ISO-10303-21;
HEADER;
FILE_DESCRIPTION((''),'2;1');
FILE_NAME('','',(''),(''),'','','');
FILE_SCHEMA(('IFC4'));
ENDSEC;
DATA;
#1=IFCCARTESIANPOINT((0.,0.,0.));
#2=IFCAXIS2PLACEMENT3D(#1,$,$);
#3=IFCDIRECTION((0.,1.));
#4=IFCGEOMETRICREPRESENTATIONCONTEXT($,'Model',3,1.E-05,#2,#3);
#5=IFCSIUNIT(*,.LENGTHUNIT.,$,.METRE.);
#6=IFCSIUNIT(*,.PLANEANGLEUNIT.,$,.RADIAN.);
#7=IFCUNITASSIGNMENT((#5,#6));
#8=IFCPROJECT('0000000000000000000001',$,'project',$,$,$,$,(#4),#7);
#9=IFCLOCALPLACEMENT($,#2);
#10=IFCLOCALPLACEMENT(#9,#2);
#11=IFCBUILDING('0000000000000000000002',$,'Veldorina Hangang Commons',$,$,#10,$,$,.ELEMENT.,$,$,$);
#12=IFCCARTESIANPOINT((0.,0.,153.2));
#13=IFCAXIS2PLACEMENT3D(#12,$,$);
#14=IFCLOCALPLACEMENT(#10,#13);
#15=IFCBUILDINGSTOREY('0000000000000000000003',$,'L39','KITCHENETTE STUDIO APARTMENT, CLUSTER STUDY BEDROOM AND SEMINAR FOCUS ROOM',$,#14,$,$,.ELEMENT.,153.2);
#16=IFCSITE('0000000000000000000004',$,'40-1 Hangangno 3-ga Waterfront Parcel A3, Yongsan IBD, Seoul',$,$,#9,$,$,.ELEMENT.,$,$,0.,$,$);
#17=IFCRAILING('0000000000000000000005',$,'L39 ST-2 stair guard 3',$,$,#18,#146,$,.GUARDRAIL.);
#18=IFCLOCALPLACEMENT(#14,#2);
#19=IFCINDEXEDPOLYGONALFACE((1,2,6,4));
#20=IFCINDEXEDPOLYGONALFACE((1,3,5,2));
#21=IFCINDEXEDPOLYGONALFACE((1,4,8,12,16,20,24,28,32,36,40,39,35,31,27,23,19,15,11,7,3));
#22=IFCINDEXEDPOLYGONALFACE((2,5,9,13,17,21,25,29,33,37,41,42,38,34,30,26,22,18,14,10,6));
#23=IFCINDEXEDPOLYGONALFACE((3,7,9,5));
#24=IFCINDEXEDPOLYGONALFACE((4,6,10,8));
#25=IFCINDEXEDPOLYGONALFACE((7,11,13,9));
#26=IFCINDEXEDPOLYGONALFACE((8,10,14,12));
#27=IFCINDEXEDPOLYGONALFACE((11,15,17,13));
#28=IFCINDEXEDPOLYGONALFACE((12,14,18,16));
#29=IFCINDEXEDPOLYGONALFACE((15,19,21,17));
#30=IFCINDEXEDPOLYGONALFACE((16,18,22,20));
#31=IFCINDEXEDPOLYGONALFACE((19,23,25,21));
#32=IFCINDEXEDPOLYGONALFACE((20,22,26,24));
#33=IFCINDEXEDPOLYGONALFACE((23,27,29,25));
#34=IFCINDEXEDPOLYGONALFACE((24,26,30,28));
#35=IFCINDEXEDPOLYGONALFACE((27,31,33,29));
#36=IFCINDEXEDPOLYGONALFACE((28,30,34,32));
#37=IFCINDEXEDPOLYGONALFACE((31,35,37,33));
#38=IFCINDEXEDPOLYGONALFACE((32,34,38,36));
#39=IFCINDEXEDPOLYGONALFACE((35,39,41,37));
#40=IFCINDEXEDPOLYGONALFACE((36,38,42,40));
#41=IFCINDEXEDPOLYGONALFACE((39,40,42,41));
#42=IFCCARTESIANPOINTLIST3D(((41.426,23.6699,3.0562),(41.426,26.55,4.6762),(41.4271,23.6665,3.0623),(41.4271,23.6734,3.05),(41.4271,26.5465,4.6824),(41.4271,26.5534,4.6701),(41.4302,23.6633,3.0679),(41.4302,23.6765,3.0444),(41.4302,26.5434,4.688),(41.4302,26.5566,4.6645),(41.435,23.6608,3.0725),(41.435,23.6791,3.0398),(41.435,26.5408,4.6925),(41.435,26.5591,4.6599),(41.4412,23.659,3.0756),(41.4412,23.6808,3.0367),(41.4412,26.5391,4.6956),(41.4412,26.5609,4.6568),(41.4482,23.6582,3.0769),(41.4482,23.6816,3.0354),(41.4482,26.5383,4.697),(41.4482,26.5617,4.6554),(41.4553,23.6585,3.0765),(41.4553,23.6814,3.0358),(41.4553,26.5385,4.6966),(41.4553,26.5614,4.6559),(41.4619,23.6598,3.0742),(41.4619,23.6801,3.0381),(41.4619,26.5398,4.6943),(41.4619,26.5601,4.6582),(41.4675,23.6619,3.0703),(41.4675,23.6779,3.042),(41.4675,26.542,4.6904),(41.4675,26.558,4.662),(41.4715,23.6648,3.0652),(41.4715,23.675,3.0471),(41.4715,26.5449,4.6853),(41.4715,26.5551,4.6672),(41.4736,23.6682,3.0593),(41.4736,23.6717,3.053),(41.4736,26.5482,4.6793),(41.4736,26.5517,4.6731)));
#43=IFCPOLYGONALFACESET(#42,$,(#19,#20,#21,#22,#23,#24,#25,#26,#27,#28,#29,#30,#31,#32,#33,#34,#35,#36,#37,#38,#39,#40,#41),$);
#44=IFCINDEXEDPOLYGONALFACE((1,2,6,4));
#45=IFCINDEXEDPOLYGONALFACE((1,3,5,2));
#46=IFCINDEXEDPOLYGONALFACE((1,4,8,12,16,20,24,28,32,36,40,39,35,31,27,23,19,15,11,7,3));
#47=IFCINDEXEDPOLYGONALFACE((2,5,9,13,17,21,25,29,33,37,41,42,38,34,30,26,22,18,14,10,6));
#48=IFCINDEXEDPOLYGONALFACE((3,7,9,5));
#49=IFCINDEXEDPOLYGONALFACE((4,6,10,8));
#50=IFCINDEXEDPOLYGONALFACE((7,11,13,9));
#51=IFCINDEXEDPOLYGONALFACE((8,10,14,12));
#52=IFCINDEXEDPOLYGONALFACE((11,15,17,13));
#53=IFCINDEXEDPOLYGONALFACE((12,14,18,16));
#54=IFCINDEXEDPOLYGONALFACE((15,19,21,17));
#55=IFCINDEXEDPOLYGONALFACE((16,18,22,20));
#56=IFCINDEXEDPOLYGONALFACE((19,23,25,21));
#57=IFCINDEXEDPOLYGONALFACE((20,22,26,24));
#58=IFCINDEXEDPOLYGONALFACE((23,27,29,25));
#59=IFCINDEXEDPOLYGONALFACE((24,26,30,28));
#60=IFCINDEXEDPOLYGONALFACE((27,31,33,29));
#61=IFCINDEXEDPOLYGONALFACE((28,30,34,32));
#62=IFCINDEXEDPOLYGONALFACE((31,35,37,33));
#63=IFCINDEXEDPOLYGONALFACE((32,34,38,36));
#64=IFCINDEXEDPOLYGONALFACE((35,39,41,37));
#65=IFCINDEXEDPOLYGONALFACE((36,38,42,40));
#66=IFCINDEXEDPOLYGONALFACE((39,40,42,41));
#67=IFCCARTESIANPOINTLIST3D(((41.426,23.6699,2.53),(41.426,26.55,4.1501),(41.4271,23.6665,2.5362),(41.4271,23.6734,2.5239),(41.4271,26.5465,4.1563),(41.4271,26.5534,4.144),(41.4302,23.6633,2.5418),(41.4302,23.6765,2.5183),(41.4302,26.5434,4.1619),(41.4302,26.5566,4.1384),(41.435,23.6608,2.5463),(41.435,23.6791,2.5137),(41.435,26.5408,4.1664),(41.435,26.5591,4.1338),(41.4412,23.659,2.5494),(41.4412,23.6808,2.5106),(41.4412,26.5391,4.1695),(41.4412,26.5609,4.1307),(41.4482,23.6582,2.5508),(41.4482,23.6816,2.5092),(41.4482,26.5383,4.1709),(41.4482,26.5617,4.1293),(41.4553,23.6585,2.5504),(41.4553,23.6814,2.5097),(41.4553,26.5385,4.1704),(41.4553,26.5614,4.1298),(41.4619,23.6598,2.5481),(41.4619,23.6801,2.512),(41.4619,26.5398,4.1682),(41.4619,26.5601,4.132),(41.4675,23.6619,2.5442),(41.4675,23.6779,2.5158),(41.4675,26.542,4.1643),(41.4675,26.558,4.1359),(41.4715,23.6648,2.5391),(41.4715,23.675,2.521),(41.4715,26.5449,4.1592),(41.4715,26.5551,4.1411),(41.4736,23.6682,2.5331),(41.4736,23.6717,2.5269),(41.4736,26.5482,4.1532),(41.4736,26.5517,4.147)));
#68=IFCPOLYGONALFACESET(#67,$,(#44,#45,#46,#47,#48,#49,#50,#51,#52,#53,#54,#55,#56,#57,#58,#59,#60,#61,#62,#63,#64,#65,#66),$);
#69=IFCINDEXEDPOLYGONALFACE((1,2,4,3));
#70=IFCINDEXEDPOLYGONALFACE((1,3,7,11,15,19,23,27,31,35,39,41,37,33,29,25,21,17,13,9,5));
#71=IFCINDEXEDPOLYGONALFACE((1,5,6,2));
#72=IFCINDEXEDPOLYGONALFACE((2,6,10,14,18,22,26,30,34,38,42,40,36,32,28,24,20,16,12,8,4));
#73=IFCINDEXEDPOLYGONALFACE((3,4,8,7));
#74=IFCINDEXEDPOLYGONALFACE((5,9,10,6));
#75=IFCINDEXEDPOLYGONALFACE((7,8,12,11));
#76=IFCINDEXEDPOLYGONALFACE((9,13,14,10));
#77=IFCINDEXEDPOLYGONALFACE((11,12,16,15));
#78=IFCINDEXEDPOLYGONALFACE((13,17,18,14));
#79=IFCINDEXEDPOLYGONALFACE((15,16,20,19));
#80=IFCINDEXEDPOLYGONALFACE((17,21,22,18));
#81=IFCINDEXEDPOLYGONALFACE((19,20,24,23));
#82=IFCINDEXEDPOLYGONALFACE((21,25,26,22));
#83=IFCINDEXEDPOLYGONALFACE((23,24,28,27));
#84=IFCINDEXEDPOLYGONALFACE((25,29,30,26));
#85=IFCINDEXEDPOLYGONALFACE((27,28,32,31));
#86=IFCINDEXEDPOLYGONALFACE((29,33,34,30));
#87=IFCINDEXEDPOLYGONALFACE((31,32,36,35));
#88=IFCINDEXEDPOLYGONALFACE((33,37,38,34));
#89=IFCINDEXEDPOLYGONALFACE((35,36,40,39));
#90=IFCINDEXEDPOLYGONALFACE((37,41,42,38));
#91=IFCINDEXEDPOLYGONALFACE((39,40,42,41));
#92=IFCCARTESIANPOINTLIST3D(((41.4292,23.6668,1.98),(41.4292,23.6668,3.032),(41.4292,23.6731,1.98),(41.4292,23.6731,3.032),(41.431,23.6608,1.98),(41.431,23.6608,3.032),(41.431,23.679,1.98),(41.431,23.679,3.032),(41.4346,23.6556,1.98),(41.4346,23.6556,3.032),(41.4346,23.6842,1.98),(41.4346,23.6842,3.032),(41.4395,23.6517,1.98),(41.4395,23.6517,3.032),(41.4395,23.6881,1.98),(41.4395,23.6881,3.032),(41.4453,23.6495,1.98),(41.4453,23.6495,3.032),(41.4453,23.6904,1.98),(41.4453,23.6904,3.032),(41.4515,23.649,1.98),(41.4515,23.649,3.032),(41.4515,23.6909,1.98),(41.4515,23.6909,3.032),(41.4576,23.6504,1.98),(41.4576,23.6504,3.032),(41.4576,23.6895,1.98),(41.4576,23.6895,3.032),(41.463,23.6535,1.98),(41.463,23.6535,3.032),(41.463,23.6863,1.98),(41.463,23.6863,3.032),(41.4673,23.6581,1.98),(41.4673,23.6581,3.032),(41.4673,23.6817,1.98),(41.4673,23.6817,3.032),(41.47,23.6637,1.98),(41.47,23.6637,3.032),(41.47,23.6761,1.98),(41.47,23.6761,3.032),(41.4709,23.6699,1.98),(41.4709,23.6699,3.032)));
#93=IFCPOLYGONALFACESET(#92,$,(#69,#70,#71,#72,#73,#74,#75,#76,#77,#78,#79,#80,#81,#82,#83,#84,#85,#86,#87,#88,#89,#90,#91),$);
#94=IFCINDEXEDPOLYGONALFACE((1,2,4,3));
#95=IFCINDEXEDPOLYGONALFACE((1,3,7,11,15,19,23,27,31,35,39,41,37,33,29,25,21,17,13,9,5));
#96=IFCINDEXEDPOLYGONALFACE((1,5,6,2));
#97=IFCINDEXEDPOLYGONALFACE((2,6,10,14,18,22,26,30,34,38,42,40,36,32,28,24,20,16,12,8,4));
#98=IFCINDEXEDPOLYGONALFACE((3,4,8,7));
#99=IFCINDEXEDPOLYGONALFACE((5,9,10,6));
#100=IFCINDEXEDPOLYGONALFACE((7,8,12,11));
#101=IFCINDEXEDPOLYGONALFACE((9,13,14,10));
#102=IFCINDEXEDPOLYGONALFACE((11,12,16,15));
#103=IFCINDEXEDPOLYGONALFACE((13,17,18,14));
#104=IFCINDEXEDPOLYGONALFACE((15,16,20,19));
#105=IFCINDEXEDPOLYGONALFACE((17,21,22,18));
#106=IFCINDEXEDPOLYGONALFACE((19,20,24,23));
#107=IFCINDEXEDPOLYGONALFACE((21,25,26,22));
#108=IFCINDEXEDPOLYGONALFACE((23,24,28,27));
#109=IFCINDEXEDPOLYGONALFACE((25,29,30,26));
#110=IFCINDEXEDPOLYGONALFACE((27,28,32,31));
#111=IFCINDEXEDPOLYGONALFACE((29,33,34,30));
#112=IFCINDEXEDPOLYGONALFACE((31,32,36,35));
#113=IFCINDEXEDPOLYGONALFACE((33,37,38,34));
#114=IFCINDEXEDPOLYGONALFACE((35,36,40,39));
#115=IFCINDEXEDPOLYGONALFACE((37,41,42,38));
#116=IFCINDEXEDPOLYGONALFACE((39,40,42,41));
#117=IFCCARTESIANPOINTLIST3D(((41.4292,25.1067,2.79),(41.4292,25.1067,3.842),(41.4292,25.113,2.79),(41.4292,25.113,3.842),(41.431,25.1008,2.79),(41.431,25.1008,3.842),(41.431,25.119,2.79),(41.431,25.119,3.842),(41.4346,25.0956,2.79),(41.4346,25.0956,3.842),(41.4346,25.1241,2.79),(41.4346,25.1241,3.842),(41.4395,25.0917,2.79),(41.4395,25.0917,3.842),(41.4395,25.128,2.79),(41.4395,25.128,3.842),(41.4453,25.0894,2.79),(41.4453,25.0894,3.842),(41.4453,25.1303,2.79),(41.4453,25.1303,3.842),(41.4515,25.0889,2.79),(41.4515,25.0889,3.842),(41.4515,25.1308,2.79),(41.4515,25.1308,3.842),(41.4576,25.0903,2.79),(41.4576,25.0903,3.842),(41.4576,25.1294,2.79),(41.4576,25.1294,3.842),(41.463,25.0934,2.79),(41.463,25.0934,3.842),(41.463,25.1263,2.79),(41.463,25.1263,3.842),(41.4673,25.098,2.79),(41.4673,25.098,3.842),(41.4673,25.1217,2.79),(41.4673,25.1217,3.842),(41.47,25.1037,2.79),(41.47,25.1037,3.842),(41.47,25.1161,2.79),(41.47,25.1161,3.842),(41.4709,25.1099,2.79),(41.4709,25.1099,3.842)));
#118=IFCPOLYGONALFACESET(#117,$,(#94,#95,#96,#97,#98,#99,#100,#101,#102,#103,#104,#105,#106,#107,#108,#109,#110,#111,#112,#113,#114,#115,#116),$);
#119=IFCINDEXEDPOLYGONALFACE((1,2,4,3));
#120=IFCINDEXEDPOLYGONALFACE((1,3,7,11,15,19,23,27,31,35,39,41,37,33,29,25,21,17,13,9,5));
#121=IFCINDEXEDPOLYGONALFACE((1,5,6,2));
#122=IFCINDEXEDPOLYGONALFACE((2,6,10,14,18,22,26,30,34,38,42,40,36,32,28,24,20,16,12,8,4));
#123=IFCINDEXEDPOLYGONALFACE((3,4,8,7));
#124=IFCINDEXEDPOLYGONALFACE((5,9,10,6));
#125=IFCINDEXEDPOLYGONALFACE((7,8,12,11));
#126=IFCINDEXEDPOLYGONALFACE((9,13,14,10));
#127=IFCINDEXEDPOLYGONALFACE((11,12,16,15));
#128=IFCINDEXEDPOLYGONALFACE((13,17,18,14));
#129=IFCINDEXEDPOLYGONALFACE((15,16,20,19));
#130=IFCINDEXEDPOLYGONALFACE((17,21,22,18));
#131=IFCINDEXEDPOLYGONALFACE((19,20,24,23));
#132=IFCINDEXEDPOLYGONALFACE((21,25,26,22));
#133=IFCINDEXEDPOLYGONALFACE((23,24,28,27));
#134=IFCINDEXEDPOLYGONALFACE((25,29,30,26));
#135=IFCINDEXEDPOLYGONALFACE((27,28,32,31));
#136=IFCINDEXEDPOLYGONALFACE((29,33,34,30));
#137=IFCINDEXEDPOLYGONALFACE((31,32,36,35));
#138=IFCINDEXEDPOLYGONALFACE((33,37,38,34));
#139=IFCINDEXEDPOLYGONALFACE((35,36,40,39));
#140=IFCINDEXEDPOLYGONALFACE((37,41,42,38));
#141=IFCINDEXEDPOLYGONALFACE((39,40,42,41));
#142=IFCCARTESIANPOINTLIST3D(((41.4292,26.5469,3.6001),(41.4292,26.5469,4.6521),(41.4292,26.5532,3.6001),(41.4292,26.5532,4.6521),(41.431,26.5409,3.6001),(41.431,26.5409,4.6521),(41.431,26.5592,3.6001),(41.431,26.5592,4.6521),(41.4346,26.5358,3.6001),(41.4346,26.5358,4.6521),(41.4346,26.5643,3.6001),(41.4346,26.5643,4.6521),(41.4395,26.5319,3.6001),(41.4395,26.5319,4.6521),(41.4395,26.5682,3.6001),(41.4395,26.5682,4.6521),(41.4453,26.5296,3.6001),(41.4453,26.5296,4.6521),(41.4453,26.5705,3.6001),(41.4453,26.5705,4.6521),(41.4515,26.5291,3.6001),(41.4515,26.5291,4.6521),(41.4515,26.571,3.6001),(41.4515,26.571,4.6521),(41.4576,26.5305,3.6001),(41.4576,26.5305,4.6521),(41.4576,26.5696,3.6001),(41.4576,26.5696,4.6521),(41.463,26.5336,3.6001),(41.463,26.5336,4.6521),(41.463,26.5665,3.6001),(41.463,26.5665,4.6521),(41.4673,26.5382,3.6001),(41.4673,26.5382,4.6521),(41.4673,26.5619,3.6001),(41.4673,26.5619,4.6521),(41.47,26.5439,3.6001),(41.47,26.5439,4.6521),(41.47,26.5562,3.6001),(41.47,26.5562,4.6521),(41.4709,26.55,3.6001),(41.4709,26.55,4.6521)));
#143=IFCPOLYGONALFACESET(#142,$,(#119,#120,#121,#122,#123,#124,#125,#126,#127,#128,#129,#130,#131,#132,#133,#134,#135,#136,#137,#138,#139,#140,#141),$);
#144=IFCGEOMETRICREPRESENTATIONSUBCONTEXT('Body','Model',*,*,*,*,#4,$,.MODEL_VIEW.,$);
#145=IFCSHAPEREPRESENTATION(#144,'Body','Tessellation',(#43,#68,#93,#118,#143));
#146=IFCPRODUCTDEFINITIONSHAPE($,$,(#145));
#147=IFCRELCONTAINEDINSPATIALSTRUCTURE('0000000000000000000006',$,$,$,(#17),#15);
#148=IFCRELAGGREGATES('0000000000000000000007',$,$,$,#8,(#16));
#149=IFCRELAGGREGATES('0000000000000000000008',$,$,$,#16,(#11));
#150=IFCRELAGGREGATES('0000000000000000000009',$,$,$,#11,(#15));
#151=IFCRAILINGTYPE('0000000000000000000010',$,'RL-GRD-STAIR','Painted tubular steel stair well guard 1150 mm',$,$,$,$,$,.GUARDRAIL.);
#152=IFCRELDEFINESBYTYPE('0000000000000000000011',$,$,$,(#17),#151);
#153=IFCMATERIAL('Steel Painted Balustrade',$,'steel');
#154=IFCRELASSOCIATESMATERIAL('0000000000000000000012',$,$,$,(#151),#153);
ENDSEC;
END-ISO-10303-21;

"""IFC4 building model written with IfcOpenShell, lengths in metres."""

from ifc_helpers import new_model, si_unit, direction, frame, origin, origin_2d, place, context, subcontext, project, spatial, circle, extrude, material, type_object, element, save


model = new_model("IFC4")

# Units and contexts
model_context = context("Model", 3, precision=1e-05, world=origin(), true_north=direction((0.0, 1.0)))
body_context = subcontext(model_context, "Body", "Model", "MODEL_VIEW")
ifc_project = project(units=[si_unit("LENGTHUNIT", "METRE"), si_unit("PLANEANGLEUNIT", "RADIAN")], contexts=[model_context])

# Site, building, storey
site_placement = place(None, origin())
site = spatial("IfcSite", under=ifc_project, at=site_placement, Name="40-1 Hangangno 3-ga Waterfront Parcel A3, Yongsan IBD, Seoul", CompositionType="ELEMENT", RefElevation=0.0)
building_placement = place(site_placement, origin())
building = spatial("IfcBuilding", under=site, at=building_placement, Name="Veldorina Hangang Commons", CompositionType="ELEMENT")
storey_placement = place(building_placement, frame((0.0, 0.0, 153.2)))
storey = spatial("IfcBuildingStorey", under=building, at=storey_placement, Name="L39", Description="KITCHENETTE STUDIO APARTMENT, CLUSTER STUDY BEDROOM AND SEMINAR FOCUS ROOM", CompositionType="ELEMENT", Elevation=153.2)

# Railing
ifc_material_1 = material(Name="Steel Painted Balustrade", Category="steel")
railing_type_1 = type_object("IfcRailingType", Name="RL-GRD-STAIR", Description="Painted tubular steel stair well guard 1150 mm", PredefinedType="GUARDRAIL", material=ifc_material_1)
railing_1_placement = place(storey_placement, frame((41.45, 23.6699, 1.98)))
element("IfcRailing", 1, at=railing_1_placement, inside=storey, type_object=railing_type_1, Name="L39 ST-2 stair guard 3", PredefinedType="GUARDRAIL", context=body_context, shape_type="SweptSolid", body=[
    extrude(circle(Radius=0.0239, at=origin_2d()), frame((0.0, 0.0, 1.0762), z_axis=(0.0, 0.87157, 0.490272), x_axis=(-1.0, 0.0, 0.0)), (0.0, 0.0, 1.0), 3.3044),
    extrude(circle(Radius=0.0239, at=origin_2d()), frame((0.0, 0.0, 0.55), z_axis=(0.0, 0.87157, 0.490272), x_axis=(-1.0, 0.0, 0.0)), (0.0, 0.0, 1.0), 3.3044),
    extrude(circle(Radius=0.021, at=origin_2d()), origin(), (0.0, 0.0, 1.0), 1.052),
    extrude(circle(Radius=0.021, at=origin_2d()), frame((0.0, 1.4399, 0.8101)), (0.0, 0.0, 1.0), 1.052),
    extrude(circle(Radius=0.021, at=origin_2d()), frame((0.0, 2.8801, 1.6201)), (0.0, 0.0, 1.0), 1.052),
])

save(model, "model.ifc")
